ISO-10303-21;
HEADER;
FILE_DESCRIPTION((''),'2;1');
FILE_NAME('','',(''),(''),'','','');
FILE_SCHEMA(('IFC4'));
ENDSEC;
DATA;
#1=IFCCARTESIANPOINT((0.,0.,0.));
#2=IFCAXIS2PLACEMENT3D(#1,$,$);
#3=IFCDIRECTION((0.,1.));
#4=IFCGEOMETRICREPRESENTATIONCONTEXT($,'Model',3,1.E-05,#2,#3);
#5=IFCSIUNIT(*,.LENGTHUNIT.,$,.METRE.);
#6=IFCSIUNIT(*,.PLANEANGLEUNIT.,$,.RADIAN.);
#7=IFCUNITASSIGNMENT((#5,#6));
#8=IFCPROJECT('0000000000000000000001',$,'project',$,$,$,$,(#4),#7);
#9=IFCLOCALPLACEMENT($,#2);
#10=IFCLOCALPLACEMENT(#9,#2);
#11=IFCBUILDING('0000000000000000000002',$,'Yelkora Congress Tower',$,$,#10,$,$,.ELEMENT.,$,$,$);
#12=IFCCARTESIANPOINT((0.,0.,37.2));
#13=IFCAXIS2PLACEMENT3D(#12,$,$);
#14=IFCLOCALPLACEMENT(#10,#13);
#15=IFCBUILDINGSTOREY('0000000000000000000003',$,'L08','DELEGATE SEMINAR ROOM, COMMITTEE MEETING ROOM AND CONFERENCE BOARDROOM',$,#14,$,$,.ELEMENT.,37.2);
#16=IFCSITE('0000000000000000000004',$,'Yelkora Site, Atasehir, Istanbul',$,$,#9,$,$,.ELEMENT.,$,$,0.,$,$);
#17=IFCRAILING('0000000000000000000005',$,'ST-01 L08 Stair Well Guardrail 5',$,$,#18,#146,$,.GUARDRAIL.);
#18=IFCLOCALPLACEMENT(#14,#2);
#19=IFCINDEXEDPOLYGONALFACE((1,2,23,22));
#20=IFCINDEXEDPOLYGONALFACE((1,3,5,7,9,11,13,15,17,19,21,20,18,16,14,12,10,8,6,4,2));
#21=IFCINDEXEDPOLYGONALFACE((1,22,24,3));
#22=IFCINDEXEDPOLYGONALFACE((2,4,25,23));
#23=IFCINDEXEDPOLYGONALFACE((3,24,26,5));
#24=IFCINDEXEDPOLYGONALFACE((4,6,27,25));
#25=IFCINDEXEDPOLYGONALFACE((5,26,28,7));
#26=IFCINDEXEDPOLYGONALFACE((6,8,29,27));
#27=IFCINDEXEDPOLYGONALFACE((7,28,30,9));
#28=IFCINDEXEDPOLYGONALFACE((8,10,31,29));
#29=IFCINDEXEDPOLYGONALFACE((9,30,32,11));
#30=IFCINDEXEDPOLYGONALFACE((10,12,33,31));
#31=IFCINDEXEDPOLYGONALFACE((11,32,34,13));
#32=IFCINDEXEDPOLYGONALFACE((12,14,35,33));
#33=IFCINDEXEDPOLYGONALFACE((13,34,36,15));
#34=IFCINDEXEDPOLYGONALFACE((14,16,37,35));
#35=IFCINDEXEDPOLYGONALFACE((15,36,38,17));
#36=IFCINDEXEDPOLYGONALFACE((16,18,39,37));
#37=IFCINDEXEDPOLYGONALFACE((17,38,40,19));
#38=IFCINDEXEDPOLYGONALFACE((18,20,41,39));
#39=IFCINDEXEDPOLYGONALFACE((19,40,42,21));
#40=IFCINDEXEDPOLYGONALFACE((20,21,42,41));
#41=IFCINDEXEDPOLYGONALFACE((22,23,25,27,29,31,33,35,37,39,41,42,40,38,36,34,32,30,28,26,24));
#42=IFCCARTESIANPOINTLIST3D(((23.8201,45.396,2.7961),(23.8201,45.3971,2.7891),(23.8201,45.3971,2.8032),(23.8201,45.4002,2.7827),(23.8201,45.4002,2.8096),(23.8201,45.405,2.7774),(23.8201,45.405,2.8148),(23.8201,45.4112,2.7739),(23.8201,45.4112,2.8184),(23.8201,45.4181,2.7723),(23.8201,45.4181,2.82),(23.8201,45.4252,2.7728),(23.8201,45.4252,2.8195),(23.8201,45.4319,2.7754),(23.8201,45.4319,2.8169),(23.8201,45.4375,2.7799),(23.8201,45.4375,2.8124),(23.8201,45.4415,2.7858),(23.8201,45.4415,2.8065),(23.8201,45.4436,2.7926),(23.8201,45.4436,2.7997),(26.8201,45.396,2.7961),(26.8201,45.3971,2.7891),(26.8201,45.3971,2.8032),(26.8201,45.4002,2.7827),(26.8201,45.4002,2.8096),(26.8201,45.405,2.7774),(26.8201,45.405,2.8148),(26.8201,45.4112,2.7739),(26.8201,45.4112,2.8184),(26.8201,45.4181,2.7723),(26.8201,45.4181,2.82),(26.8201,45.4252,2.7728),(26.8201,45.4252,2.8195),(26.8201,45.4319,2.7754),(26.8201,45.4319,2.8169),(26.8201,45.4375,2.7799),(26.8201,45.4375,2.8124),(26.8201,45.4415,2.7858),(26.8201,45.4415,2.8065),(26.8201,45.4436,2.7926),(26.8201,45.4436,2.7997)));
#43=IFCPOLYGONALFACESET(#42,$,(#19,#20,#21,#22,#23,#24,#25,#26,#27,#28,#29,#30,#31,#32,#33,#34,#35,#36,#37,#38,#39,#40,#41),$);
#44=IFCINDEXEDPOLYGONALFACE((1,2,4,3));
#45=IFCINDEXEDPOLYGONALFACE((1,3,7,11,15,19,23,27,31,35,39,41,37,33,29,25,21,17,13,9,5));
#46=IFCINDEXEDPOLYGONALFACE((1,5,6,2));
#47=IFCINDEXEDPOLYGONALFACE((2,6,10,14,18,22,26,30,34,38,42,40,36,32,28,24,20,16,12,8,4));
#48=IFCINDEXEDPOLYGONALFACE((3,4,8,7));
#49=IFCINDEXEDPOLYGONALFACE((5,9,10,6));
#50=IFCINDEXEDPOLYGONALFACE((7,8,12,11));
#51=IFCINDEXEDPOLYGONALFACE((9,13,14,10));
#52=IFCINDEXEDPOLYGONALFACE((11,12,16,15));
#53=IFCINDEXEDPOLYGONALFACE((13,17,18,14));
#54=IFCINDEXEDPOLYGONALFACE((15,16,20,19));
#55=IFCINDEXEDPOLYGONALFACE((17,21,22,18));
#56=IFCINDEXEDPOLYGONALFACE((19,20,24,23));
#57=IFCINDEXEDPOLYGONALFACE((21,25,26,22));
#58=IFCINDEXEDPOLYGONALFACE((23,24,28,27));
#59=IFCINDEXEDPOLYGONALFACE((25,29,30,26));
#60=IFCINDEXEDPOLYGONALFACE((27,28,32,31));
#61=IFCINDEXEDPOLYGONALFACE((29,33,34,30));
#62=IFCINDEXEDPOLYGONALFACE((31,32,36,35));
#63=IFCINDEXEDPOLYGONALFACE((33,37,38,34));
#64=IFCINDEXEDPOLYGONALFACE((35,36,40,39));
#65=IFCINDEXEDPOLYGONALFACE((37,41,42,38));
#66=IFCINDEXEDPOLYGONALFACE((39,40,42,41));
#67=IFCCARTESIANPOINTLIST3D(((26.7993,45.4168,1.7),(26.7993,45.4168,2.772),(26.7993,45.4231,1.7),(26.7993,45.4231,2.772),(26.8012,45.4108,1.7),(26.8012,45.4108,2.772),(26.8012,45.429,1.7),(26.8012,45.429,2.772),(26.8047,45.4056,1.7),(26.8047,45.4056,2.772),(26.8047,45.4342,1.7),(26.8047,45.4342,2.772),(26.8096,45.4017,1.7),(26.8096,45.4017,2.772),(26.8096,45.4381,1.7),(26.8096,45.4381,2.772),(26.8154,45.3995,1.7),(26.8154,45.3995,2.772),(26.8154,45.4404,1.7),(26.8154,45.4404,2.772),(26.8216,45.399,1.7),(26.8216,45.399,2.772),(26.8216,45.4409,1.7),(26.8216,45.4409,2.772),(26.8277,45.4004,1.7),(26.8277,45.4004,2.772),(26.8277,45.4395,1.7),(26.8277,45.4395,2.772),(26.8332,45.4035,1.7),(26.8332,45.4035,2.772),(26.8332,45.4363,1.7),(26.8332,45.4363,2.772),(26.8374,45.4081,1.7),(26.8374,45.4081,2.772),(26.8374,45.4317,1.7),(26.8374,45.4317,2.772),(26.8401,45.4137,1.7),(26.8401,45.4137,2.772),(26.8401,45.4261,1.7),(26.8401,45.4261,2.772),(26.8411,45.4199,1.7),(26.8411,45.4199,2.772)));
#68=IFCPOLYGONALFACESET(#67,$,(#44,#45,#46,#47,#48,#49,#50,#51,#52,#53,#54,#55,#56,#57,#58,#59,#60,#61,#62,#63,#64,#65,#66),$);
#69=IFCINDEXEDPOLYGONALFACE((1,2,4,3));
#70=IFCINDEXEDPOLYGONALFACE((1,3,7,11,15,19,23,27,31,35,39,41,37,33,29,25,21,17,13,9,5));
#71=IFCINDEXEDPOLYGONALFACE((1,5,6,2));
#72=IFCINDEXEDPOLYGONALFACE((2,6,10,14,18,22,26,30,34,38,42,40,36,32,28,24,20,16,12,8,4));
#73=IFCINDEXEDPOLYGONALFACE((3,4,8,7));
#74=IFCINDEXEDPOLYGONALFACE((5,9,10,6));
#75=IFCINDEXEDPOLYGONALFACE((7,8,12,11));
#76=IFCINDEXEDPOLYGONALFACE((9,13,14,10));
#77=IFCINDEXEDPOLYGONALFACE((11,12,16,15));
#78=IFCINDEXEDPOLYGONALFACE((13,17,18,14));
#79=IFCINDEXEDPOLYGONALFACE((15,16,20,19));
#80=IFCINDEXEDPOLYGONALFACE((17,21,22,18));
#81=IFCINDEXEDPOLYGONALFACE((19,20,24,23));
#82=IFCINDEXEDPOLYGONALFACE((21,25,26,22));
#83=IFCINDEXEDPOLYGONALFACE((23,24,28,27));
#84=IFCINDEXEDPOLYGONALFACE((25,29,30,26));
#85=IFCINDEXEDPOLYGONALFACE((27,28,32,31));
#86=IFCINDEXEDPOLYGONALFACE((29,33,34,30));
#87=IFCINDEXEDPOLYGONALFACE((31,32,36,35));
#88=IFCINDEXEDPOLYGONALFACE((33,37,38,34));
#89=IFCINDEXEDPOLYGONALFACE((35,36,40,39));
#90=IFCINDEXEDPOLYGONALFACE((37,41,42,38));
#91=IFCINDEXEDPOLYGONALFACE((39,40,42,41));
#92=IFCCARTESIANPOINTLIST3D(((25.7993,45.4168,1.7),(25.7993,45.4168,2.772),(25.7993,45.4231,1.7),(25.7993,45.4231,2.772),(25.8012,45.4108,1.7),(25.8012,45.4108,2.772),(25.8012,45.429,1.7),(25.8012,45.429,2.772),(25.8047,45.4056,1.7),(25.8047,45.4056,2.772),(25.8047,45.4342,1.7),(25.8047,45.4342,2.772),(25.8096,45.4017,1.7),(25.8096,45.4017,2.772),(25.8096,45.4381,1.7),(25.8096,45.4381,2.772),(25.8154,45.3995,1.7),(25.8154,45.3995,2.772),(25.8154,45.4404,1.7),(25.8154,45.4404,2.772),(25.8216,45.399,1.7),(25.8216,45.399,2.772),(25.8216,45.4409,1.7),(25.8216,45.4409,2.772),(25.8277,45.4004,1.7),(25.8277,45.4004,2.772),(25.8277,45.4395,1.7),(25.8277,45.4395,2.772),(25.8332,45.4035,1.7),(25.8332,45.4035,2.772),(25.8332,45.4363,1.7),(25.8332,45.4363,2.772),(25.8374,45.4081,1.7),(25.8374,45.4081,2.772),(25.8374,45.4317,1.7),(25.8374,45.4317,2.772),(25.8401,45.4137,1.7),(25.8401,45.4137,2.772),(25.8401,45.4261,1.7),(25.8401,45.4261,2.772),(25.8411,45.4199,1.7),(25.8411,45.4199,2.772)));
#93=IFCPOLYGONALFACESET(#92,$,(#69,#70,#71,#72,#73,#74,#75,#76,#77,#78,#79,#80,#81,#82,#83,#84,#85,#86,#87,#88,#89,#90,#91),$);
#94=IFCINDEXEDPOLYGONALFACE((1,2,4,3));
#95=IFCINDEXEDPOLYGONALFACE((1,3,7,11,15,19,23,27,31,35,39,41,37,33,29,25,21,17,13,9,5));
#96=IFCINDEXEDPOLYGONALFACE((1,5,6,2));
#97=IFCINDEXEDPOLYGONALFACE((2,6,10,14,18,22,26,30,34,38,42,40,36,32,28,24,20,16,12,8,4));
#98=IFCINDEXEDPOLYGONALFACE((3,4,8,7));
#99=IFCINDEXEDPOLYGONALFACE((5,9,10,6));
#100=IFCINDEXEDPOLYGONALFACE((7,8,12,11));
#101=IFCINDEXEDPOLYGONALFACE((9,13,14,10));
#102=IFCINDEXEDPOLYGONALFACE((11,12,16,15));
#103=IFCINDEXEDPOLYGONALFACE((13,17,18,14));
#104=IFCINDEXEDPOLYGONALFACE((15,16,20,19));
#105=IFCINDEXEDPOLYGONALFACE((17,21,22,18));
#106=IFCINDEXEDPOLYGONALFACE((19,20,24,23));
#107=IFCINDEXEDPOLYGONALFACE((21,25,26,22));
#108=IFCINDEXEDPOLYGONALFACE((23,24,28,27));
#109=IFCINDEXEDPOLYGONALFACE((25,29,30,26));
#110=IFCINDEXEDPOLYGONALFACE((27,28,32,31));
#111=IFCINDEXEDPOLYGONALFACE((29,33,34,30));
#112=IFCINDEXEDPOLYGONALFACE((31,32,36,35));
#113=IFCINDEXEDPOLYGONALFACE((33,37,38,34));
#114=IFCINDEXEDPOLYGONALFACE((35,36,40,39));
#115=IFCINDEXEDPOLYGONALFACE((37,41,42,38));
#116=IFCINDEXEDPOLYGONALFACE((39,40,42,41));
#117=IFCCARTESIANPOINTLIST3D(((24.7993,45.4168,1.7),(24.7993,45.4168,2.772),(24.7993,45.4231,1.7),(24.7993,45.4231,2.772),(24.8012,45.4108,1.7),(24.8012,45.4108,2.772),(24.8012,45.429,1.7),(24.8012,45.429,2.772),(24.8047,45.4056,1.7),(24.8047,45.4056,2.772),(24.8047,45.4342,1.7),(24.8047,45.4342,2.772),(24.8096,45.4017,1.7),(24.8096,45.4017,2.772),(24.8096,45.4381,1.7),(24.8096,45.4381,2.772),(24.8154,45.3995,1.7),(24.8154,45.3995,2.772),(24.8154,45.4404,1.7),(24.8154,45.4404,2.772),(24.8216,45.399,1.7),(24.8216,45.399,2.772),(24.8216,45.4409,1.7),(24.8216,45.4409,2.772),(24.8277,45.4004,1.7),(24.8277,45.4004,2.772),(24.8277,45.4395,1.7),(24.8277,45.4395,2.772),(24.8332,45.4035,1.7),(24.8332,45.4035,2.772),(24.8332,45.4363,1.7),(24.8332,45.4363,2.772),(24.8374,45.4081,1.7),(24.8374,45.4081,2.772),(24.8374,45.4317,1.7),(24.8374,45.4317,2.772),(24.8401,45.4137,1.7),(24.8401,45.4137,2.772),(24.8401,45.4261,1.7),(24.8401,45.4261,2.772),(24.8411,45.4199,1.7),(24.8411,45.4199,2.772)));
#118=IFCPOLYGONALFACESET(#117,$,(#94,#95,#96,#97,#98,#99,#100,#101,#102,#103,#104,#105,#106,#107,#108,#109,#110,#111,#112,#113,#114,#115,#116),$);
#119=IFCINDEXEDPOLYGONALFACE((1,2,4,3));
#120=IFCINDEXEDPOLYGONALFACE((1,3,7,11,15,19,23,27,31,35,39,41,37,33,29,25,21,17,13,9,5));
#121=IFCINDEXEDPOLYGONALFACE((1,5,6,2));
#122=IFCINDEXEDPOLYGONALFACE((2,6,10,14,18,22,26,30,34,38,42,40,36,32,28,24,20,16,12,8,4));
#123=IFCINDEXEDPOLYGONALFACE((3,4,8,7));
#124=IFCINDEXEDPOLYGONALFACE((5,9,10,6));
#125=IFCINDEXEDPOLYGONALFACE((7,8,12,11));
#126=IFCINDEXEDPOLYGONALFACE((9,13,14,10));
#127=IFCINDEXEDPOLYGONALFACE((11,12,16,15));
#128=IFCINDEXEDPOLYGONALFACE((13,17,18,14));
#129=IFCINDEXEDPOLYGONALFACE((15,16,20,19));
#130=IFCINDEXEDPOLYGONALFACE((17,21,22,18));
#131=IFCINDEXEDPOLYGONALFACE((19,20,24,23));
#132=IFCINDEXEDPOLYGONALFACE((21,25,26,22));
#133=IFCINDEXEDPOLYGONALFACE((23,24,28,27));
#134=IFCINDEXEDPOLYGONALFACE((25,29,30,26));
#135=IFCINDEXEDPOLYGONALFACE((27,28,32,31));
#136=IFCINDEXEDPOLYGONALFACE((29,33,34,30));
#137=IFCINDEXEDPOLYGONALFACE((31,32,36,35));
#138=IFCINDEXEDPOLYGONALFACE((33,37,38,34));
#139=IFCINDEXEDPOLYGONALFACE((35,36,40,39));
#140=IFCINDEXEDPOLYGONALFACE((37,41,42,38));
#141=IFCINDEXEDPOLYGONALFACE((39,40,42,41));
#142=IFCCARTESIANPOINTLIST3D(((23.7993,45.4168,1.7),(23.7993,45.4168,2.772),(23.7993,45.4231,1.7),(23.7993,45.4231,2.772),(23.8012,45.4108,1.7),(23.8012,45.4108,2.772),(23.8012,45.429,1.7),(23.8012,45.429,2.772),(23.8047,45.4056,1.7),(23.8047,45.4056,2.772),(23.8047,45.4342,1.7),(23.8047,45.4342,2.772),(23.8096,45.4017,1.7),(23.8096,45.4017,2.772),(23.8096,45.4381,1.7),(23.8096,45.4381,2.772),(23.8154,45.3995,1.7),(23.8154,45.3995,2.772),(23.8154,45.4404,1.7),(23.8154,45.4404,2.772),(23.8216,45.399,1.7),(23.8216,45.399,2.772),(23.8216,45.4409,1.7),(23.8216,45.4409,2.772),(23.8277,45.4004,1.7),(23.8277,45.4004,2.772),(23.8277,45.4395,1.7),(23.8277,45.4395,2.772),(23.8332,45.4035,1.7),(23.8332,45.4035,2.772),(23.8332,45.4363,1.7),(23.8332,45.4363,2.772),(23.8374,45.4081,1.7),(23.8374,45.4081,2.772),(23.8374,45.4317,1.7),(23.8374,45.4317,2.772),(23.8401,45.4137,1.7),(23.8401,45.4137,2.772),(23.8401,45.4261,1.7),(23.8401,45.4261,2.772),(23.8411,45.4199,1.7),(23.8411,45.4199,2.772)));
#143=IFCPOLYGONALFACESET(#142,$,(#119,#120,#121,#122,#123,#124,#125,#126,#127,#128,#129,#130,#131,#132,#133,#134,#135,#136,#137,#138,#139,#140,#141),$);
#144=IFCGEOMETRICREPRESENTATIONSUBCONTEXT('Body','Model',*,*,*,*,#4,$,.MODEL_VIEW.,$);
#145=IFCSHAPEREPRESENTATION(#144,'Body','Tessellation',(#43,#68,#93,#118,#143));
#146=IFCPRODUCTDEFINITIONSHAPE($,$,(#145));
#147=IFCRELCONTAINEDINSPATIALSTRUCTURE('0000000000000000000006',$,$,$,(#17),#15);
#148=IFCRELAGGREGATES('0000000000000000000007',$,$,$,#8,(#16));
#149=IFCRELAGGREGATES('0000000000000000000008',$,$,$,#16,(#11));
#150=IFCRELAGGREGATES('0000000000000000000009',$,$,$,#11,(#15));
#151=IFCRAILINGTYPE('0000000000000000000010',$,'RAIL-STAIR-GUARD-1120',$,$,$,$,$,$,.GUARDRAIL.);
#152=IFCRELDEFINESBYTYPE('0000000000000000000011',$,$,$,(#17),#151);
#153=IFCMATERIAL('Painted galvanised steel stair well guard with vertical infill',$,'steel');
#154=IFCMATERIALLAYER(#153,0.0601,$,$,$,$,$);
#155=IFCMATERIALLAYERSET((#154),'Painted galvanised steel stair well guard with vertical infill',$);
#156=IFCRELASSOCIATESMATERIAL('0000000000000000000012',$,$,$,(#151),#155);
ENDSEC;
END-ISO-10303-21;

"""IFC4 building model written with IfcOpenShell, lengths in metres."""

from ifc_helpers import new_model, si_unit, direction, frame, origin, origin_2d, place, context, subcontext, project, spatial, circle, extrude, material, layer, layer_set, type_object, element, save


model = new_model("IFC4")

# Units and contexts
model_context = context("Model", 3, precision=1e-05, world=origin(), true_north=direction((0.0, 1.0)))
body_context = subcontext(model_context, "Body", "Model", "MODEL_VIEW")
ifc_project = project(units=[si_unit("LENGTHUNIT", "METRE"), si_unit("PLANEANGLEUNIT", "RADIAN")], contexts=[model_context])

# Site, building, storey
site_placement = place(None, origin())
site = spatial("IfcSite", under=ifc_project, at=site_placement, Name="Yelkora Site, Atasehir, Istanbul", CompositionType="ELEMENT", RefElevation=0.0)
building_placement = place(site_placement, origin())
building = spatial("IfcBuilding", under=site, at=building_placement, Name="Yelkora Congress Tower", CompositionType="ELEMENT")
storey_placement = place(building_placement, frame((0.0, 0.0, 37.2)))
storey = spatial("IfcBuildingStorey", under=building, at=storey_placement, Name="L08", Description="DELEGATE SEMINAR ROOM, COMMITTEE MEETING ROOM AND CONFERENCE BOARDROOM", CompositionType="ELEMENT", Elevation=37.2)

# Railing
ifc_material_1 = material(Name="Painted galvanised steel stair well guard with vertical infill", Category="steel")
ifc_layer_1 = layer(ifc_material_1, 0.0601)
ifc_layer_set_1 = layer_set([ifc_layer_1], Name="Painted galvanised steel stair well guard with vertical infill")
railing_type_1 = type_object("IfcRailingType", Name="RAIL-STAIR-GUARD-1120", PredefinedType="GUARDRAIL", material=ifc_layer_set_1)
railing_1_placement = place(storey_placement, frame((26.8201, 45.4199, 1.7)))
element("IfcRailing", 1, at=railing_1_placement, inside=storey, type_object=railing_type_1, Name="ST-01 L08 Stair Well Guardrail 5", PredefinedType="GUARDRAIL", context=body_context, shape_type="SweptSolid", body=[
    extrude(circle(Radius=0.0239, at=origin_2d()), frame((0.0, 0.0, 1.0962), z_axis=(-1.0, 0.0, 0.0), x_axis=(0.0, -1.0, 0.0)), (0.0, 0.0, 1.0), 3.0),
    extrude(circle(Radius=0.021, at=origin_2d()), origin(), (0.0, 0.0, 1.0), 1.072),
    extrude(circle(Radius=0.021, at=origin_2d()), frame((-1.0, 0.0, 0.0)), (0.0, 0.0, 1.0), 1.072),
    extrude(circle(Radius=0.021, at=origin_2d()), frame((-2.0, 0.0, 0.0)), (0.0, 0.0, 1.0), 1.072),
    extrude(circle(Radius=0.021, at=origin_2d()), frame((-3.0, 0.0, 0.0)), (0.0, 0.0, 1.0), 1.072),
])

save(model, "model.ifc")
